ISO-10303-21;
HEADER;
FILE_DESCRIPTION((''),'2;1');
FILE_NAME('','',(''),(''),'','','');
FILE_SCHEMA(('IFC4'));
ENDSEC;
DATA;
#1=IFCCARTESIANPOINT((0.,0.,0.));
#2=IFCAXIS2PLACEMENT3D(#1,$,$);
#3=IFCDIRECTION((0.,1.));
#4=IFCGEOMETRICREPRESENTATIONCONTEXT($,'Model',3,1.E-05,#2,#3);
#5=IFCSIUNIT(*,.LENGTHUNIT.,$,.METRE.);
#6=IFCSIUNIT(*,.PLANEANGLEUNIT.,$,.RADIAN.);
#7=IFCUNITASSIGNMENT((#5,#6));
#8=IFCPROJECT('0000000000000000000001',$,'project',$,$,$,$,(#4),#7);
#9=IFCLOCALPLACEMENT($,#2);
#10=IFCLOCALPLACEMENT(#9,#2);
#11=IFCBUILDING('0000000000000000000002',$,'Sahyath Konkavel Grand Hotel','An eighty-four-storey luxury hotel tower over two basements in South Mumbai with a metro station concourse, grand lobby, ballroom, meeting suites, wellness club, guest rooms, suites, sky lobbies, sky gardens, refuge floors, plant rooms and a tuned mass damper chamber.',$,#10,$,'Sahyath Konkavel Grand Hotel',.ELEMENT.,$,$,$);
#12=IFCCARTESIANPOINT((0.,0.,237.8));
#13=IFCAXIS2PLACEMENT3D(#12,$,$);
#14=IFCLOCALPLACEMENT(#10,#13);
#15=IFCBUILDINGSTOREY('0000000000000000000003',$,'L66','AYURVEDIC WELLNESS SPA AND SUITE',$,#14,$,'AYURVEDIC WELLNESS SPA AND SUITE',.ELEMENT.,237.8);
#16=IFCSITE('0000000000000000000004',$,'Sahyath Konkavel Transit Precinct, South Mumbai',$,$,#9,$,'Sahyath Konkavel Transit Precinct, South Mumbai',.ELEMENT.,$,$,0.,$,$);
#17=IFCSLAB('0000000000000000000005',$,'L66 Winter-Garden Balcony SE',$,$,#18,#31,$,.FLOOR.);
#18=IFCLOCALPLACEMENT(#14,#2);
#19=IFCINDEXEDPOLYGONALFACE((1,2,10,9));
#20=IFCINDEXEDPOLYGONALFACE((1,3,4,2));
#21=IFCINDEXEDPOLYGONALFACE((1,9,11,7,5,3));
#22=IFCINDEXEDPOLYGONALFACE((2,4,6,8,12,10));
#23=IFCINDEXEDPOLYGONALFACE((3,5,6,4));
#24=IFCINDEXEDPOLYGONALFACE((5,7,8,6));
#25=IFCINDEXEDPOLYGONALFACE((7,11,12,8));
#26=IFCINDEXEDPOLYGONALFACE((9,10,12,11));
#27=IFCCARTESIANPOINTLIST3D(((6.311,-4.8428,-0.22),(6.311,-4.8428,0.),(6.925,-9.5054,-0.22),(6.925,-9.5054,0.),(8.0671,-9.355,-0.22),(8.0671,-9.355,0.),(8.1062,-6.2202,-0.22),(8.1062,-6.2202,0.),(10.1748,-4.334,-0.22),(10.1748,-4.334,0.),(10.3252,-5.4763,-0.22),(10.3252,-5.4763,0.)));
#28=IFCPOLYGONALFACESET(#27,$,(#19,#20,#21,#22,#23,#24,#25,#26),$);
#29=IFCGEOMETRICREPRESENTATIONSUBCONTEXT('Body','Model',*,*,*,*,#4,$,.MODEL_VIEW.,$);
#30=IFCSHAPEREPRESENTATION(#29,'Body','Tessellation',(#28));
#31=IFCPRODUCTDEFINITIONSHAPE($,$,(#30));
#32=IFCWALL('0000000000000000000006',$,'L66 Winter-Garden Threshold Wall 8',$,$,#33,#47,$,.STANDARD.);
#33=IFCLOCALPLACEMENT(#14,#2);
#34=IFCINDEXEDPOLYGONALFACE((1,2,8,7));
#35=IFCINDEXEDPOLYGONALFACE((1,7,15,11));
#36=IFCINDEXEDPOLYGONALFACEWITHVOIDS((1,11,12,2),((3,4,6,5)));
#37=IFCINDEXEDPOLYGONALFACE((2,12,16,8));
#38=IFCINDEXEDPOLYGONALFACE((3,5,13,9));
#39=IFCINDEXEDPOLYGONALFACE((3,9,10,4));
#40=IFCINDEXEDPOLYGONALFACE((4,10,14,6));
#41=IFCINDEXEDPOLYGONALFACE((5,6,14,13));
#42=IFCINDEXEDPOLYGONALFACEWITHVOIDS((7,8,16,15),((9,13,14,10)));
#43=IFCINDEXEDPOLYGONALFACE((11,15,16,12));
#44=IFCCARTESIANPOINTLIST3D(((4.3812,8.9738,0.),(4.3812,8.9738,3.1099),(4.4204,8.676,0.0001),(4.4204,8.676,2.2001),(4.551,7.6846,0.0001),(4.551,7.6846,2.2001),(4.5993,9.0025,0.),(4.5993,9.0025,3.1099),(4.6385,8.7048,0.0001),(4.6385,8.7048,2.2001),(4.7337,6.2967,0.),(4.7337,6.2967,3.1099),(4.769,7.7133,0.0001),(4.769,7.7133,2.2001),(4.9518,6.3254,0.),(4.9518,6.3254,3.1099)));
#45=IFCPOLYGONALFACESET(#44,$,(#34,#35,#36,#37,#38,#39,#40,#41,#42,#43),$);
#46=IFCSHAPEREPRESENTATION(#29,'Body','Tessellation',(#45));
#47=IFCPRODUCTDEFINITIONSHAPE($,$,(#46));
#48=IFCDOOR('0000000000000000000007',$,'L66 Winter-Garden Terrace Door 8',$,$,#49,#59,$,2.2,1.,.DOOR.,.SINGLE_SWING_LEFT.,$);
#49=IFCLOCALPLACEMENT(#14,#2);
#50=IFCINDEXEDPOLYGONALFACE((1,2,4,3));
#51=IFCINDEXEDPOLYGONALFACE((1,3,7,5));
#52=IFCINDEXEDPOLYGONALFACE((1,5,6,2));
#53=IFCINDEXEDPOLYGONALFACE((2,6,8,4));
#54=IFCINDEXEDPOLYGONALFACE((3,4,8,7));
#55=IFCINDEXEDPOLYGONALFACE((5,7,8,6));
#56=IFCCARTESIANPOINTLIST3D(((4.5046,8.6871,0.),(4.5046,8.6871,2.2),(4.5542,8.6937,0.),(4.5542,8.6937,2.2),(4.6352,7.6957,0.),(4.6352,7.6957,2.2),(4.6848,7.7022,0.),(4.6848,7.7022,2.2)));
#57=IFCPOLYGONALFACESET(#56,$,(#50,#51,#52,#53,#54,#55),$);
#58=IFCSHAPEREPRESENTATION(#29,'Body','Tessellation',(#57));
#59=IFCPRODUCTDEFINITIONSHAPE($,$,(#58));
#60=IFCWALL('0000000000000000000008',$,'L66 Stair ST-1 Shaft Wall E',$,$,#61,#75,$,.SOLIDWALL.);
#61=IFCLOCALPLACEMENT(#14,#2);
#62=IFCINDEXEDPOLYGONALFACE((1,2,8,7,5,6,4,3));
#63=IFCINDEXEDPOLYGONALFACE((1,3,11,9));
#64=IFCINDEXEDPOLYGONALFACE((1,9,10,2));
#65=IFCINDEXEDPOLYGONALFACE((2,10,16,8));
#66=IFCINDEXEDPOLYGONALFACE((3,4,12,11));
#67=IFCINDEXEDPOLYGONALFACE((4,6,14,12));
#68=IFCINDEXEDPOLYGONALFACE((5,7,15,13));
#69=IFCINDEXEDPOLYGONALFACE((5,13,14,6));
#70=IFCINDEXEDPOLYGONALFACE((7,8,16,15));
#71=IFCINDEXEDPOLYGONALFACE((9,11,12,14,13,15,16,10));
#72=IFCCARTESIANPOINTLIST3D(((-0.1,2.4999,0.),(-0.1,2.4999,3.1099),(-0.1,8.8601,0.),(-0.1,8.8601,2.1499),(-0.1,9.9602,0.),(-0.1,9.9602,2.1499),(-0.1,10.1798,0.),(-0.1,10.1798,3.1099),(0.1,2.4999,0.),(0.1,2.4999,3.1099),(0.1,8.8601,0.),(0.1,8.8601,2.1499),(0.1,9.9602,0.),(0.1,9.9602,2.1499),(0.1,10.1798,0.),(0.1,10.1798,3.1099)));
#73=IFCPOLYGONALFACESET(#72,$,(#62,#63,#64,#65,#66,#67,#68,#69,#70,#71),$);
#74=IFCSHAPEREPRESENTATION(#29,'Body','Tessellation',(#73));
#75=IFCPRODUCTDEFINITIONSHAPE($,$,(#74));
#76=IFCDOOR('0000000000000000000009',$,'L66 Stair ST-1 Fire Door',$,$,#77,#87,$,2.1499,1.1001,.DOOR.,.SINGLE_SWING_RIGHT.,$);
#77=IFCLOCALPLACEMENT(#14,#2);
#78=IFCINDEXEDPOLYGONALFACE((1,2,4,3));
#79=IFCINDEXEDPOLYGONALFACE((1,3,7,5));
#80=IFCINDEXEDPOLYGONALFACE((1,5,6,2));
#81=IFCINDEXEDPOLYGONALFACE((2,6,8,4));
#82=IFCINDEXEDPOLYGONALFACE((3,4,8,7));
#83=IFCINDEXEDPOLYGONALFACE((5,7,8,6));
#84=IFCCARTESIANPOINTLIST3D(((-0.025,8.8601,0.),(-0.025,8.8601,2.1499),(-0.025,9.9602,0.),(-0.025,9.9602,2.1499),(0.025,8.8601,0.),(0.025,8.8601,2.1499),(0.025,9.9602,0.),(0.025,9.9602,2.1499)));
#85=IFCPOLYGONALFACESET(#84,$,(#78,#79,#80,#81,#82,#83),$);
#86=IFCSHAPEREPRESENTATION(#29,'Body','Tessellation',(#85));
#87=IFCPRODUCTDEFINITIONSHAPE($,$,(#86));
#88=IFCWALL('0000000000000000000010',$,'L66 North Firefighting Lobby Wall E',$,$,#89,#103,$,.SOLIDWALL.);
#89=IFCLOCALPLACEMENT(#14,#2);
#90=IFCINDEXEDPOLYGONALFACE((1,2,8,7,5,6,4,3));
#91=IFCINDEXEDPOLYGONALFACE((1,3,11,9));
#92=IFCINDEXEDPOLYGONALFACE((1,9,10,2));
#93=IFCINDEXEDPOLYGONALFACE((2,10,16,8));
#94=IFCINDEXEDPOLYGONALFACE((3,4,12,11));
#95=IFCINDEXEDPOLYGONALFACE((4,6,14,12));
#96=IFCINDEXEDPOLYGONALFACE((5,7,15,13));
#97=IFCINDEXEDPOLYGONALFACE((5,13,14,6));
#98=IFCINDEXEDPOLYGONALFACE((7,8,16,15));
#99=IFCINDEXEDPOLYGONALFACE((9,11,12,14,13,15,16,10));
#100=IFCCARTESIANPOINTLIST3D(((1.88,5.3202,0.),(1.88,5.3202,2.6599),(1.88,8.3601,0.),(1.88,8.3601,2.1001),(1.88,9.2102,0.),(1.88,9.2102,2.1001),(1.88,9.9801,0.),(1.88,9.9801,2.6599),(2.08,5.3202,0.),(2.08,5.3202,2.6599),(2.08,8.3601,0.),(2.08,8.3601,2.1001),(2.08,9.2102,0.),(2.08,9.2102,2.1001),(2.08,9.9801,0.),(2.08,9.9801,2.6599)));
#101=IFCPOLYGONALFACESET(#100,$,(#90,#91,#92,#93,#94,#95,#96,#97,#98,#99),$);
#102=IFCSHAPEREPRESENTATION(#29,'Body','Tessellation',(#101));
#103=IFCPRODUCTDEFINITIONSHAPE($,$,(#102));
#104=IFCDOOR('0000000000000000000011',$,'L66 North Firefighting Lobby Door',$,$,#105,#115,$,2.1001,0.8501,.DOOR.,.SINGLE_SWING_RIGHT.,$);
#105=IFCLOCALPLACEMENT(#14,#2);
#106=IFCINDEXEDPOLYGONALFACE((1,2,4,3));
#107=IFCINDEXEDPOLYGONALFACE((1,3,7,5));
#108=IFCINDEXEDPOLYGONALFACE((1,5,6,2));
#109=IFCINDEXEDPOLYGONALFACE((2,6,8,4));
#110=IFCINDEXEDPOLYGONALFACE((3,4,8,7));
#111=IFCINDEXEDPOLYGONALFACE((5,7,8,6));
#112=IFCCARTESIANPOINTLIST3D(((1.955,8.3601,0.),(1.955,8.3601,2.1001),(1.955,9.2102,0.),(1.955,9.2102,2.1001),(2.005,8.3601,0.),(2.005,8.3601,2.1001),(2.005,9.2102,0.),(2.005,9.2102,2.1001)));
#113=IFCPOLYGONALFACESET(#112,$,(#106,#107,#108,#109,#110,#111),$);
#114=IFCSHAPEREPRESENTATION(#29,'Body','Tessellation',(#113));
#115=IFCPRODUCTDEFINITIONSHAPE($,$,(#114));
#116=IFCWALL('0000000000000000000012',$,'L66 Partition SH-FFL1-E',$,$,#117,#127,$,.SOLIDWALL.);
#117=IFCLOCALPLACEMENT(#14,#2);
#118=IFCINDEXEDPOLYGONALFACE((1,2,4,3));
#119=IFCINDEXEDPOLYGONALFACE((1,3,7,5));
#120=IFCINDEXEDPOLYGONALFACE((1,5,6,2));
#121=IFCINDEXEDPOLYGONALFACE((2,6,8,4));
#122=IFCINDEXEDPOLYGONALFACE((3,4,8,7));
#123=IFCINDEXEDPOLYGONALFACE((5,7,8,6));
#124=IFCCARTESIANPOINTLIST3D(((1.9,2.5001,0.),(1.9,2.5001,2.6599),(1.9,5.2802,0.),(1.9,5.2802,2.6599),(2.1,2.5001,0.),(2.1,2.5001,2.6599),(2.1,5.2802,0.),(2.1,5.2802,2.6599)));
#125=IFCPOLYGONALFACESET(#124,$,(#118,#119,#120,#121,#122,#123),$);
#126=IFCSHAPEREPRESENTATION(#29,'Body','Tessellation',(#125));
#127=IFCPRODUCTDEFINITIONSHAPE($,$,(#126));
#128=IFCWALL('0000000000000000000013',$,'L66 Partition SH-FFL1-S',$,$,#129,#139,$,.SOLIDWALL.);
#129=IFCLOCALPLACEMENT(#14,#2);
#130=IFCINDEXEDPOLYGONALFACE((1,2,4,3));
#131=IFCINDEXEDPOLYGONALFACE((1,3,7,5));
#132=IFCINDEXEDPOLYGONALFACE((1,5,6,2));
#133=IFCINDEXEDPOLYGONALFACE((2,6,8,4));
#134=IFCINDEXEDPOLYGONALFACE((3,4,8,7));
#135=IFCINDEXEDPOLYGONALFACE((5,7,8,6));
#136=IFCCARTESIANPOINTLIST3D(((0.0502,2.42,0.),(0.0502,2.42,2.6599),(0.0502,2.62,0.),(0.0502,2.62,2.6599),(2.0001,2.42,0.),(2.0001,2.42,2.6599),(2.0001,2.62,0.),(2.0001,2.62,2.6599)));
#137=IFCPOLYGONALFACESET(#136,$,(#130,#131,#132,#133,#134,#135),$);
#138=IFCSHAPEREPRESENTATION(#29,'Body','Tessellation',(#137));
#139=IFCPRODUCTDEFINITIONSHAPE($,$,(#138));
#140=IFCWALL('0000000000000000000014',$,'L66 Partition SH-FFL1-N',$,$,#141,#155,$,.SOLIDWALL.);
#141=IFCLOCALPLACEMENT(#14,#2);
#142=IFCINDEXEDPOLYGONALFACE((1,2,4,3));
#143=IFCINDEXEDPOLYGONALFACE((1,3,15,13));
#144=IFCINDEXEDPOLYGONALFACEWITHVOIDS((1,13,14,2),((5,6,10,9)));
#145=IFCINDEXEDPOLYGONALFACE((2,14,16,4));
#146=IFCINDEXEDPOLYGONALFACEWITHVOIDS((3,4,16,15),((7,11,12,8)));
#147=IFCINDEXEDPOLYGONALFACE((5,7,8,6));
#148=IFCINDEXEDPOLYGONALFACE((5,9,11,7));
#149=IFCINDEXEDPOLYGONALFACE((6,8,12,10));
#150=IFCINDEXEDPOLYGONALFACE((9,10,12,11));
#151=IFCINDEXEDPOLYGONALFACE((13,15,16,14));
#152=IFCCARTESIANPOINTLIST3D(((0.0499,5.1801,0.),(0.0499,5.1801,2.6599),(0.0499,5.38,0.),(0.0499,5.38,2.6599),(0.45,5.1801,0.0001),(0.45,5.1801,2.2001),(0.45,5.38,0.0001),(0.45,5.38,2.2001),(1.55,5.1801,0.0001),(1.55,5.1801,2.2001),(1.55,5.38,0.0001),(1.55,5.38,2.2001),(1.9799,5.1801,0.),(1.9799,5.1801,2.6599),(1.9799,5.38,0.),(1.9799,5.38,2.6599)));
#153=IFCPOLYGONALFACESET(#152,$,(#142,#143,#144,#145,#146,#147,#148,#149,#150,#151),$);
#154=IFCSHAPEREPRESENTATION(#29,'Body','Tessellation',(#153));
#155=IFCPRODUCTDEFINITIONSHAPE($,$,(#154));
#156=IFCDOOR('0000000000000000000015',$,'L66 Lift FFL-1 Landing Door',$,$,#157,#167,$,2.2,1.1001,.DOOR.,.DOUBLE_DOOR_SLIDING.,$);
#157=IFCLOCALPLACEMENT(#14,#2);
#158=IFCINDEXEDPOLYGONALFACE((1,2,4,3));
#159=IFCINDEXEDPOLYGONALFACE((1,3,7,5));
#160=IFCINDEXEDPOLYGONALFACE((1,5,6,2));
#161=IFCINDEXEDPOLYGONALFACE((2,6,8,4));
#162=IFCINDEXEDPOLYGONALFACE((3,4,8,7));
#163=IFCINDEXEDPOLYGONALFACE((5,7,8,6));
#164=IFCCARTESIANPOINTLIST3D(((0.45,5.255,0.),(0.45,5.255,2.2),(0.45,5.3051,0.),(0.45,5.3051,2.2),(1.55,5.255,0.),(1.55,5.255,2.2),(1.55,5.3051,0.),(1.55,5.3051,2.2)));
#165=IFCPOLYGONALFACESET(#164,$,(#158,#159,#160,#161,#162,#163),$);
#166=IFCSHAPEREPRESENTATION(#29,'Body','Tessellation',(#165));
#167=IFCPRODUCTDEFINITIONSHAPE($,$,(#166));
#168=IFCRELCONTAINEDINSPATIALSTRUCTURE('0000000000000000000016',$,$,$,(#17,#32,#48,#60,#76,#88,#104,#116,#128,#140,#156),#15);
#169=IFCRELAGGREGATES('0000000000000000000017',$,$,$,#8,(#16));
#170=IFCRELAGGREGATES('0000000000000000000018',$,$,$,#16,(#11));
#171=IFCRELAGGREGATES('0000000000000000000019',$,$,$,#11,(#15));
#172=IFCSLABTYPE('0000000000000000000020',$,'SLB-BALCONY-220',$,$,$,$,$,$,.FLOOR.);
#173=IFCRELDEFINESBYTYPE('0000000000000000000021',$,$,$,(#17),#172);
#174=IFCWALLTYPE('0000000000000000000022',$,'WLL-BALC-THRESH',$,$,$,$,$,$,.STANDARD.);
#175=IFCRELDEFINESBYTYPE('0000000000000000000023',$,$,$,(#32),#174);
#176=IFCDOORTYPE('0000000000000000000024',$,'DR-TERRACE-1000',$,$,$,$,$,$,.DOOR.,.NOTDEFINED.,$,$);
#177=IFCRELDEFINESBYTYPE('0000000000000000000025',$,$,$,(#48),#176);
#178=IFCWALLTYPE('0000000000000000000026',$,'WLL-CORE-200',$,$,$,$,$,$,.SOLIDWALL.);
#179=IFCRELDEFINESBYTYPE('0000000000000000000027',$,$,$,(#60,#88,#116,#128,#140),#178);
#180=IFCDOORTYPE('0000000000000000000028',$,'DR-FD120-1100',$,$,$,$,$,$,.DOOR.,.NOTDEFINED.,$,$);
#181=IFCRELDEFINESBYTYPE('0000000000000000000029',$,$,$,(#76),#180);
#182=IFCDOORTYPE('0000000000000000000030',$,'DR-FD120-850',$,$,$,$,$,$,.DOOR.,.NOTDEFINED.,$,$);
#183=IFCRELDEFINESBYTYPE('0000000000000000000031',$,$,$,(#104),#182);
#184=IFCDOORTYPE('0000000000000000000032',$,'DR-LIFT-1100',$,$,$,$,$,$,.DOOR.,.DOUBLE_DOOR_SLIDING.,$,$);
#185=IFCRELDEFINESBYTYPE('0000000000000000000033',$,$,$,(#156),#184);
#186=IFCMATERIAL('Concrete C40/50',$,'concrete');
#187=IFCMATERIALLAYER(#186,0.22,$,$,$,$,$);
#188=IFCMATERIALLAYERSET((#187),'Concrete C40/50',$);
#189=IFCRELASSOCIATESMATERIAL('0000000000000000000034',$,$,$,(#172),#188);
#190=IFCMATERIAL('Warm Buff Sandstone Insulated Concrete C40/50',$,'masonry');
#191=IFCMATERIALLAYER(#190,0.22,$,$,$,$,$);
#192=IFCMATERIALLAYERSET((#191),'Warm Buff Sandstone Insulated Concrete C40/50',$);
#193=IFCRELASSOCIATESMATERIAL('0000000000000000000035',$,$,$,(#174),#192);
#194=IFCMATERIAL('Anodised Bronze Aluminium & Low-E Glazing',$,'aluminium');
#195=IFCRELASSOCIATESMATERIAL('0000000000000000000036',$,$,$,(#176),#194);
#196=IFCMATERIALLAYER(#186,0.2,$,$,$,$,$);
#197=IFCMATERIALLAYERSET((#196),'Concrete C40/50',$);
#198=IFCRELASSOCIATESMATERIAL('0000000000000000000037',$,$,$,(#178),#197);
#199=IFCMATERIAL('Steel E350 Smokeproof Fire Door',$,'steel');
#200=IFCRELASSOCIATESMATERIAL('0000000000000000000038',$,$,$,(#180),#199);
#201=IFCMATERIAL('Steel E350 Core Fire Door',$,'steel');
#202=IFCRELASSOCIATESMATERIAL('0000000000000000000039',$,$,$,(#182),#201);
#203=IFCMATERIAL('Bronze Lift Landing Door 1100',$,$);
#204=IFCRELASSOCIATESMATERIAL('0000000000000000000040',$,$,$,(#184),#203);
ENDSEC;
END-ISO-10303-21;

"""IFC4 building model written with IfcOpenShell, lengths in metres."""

from ifc_helpers import new_model, si_unit, direction, frame, frame_2d, origin, origin_2d, place, context, subcontext, project, spatial, polyline, rectangle, outline, extrude, source, transform, mapped, material, layer, layer_set, type_object, element, fill, save


model = new_model("IFC4")

# Units and contexts
model_context = context("Model", 3, precision=1e-05, world=origin(), true_north=direction((0.0, 1.0)))
body_context = subcontext(model_context, "Body", "Model", "MODEL_VIEW")
ifc_project = project(units=[si_unit("LENGTHUNIT", "METRE"), si_unit("PLANEANGLEUNIT", "RADIAN")], contexts=[model_context])

# Site, building, storey
site_placement = place(None, origin())
site = spatial("IfcSite", under=ifc_project, at=site_placement, Name="Sahyath Konkavel Transit Precinct, South Mumbai", LongName="Sahyath Konkavel Transit Precinct, South Mumbai", CompositionType="ELEMENT", RefElevation=0.0)
building_placement = place(site_placement, origin())
building = spatial("IfcBuilding", under=site, at=building_placement, Name="Sahyath Konkavel Grand Hotel", Description="An eighty-four-storey luxury hotel tower over two basements in South Mumbai with a metro station concourse, grand lobby, ballroom, meeting suites, wellness club, guest rooms, suites, sky lobbies, sky gardens, refuge floors, plant rooms and a tuned mass damper chamber.", LongName="Sahyath Konkavel Grand Hotel", CompositionType="ELEMENT")
storey_placement = place(building_placement, frame((0.0, 0.0, 237.8)))
storey = spatial("IfcBuildingStorey", under=building, at=storey_placement, Name="L66", Description="AYURVEDIC WELLNESS SPA AND SUITE", LongName="AYURVEDIC WELLNESS SPA AND SUITE", CompositionType="ELEMENT", Elevation=237.8)

# Shared definitions
ifc_material_1 = material(Name="Anodised Bronze Aluminium & Low-E Glazing", Category="aluminium")

# Slab
ifc_material_2 = material(Name="Concrete C40/50", Category="concrete")
ifc_layer_1 = layer(ifc_material_2, 0.22)
ifc_layer_set_1 = layer_set([ifc_layer_1], Name="Concrete C40/50")
slab_type = type_object("IfcSlabType", Name="SLB-BALCONY-220", PredefinedType="FLOOR", material=ifc_layer_set_1)
slab_1_placement = place(storey_placement, frame((0.0, 0.0, -0.22)))
element("IfcSlab", 1, at=slab_1_placement, inside=storey, type_object=slab_type, Name="L66 Winter-Garden Balcony SE", PredefinedType="FLOOR", context=body_context, shape_type="SweptSolid", body=[
    extrude(outline(polyline([(6.311, -4.8428), (6.925, -9.5054), (8.0671, -9.355), (8.1062, -6.2202), (10.3252, -5.4763), (10.1748, -4.334), (6.311, -4.8428)])), origin(), (0.0, 0.0, 1.0), 0.22),
])

# Walls, openings, doors
ifc_material_3 = material(Name="Warm Buff Sandstone Insulated Concrete C40/50", Category="masonry")
ifc_layer_2 = layer(ifc_material_3, 0.22)
ifc_layer_set_2 = layer_set([ifc_layer_2], Name="Warm Buff Sandstone Insulated Concrete C40/50")
wall_type_1 = type_object("IfcWallType", Name="WLL-BALC-THRESH", PredefinedType="STANDARD", material=ifc_layer_set_2)
wall_1_placement = place(storey_placement, frame((4.8428, 6.311, 0.0), z_axis=(0.0, 0.0, 1.0), x_axis=(-0.130564, 0.99144, 0.0)))
wall_1 = element("IfcWall", 2, at=wall_1_placement, inside=storey, type_object=wall_type_1, Name="L66 Winter-Garden Threshold Wall 8", PredefinedType="STANDARD", context=body_context, shape_type="SweptSolid", body=[
    extrude(rectangle(XDim=2.7002, YDim=0.22, at=frame_2d((1.3501, 0.0))), origin(), (0.0, 0.0, 1.0), 3.1099),
])
opening_1_placement = place(wall_1_placement, frame((1.3999, 0.0, 0.0)))
opening_1 = element("IfcOpeningElement", 3, at=opening_1_placement, cuts=wall_1, PredefinedType="OPENING", context=body_context, shape_type="SweptSolid", body=[
    extrude(rectangle(XDim=1.0, YDim=2.2, at=frame_2d((0.5, 1.1001))), frame((0.0, 0.1201, 0.0), z_axis=(0.0, -1.0, 0.0), x_axis=(1.0, 0.0, 0.0)), (0.0, 0.0, 1.0), 0.24),
])
door_type_1 = type_object("IfcDoorType", Name="DR-TERRACE-1000", OperationType="NOTDEFINED", PredefinedType="DOOR", material=ifc_material_1)
shared_shape_1 = source(origin(), body_context, "Body", "SweptSolid", [
    extrude(rectangle(XDim=1.0, YDim=0.05, at=origin_2d()), origin(), (0.0, 0.0, 1.0), 2.2),
])
door_1_placement = place(opening_1_placement, frame((0.5, 0.0, 0.0)))
door_1 = element("IfcDoor", 4, at=door_1_placement, inside=storey, type_object=door_type_1, Name="L66 Winter-Garden Terrace Door 8", OperationType="SINGLE_SWING_LEFT", OverallHeight=2.2, OverallWidth=1.0, PredefinedType="DOOR", context=body_context, shape_type="MappedRepresentation", body=[
    mapped(shared_shape_1, transform((0.0, 0.0, 0.0), scale=1.0)),
])
fill(opening_1, door_1)
ifc_layer_3 = layer(ifc_material_2, 0.2)
ifc_layer_set_3 = layer_set([ifc_layer_3], Name="Concrete C40/50")
wall_type_2 = type_object("IfcWallType", Name="WLL-CORE-200", PredefinedType="SOLIDWALL", material=ifc_layer_set_3)
wall_2_placement = place(storey_placement, frame((0.0, 2.5, 0.0), z_axis=(0.0, 0.0, 1.0), x_axis=(0.0, 1.0, 0.0)))
wall_2 = element("IfcWall", 5, at=wall_2_placement, inside=storey, type_object=wall_type_2, Name="L66 Stair ST-1 Shaft Wall E", PredefinedType="SOLIDWALL", context=body_context, shape_type="SweptSolid", body=[
    extrude(rectangle(XDim=7.6799, YDim=0.2, at=frame_2d((3.8398, 0.0))), origin(), (0.0, 0.0, 1.0), 3.1099),
])
opening_2_placement = place(wall_2_placement, frame((6.3601, 0.0, 0.0)))
opening_2 = element("IfcOpeningElement", 6, at=opening_2_placement, cuts=wall_2, PredefinedType="OPENING", context=body_context, shape_type="SweptSolid", body=[
    extrude(rectangle(XDim=1.1001, YDim=2.1499, at=frame_2d((0.55, 1.075))), frame((0.0, 0.1099, 0.0), z_axis=(0.0, -1.0, 0.0), x_axis=(1.0, 0.0, 0.0)), (0.0, 0.0, 1.0), 0.22),
])
ifc_material_4 = material(Name="Steel E350 Smokeproof Fire Door", Category="steel")
door_type_2 = type_object("IfcDoorType", Name="DR-FD120-1100", OperationType="NOTDEFINED", PredefinedType="DOOR", material=ifc_material_4)
shared_shape_2 = source(origin(), body_context, "Body", "SweptSolid", [
    extrude(rectangle(XDim=1.1001, YDim=0.05, at=origin_2d()), origin(), (0.0, 0.0, 1.0), 2.1499),
])
door_2_placement = place(opening_2_placement, frame((0.55, 0.0, 0.0)))
door_2 = element("IfcDoor", 7, at=door_2_placement, inside=storey, type_object=door_type_2, Name="L66 Stair ST-1 Fire Door", OperationType="SINGLE_SWING_RIGHT", OverallHeight=2.1499, OverallWidth=1.1001, PredefinedType="DOOR", context=body_context, shape_type="MappedRepresentation", body=[
    mapped(shared_shape_2, transform((0.0, 0.0, 0.0), scale=1.0)),
])
fill(opening_2, door_2)
wall_3_placement = place(storey_placement, frame((1.98, 5.3201, 0.0), z_axis=(0.0, 0.0, 1.0), x_axis=(0.0, 1.0, 0.0)))
wall_3 = element("IfcWall", 8, at=wall_3_placement, inside=storey, type_object=wall_type_2, Name="L66 North Firefighting Lobby Wall E", PredefinedType="SOLIDWALL", context=body_context, shape_type="SweptSolid", body=[
    extrude(rectangle(XDim=4.6599, YDim=0.2, at=frame_2d((2.3301, 0.0))), origin(), (0.0, 0.0, 1.0), 2.6599),
])
opening_3_placement = place(wall_3_placement, frame((3.04, 0.0, 0.0)))
opening_3 = element("IfcOpeningElement", 9, at=opening_3_placement, cuts=wall_3, PredefinedType="OPENING", context=body_context, shape_type="SweptSolid", body=[
    extrude(rectangle(XDim=0.8501, YDim=2.1001, at=frame_2d((0.425, 1.05))), frame((0.0, 0.1099, 0.0), z_axis=(0.0, -1.0, 0.0), x_axis=(1.0, 0.0, 0.0)), (0.0, 0.0, 1.0), 0.22),
])
ifc_material_5 = material(Name="Steel E350 Core Fire Door", Category="steel")
door_type_3 = type_object("IfcDoorType", Name="DR-FD120-850", OperationType="NOTDEFINED", PredefinedType="DOOR", material=ifc_material_5)
shared_shape_3 = source(origin(), body_context, "Body", "SweptSolid", [
    extrude(rectangle(XDim=0.8501, YDim=0.05, at=origin_2d()), origin(), (0.0, 0.0, 1.0), 2.1001),
])
door_3_placement = place(opening_3_placement, frame((0.425, 0.0, 0.0)))
door_3 = element("IfcDoor", 10, at=door_3_placement, inside=storey, type_object=door_type_3, Name="L66 North Firefighting Lobby Door", OperationType="SINGLE_SWING_RIGHT", OverallHeight=2.1001, OverallWidth=0.8501, PredefinedType="DOOR", context=body_context, shape_type="MappedRepresentation", body=[
    mapped(shared_shape_3, transform((0.0, 0.0, 0.0), scale=1.0)),
])
fill(opening_3, door_3)

# Walls
wall_4_placement = place(storey_placement, frame((2.0, 2.5, 0.0), z_axis=(0.0, 0.0, 1.0), x_axis=(0.0, 1.0, 0.0)))
element("IfcWall", 11, at=wall_4_placement, inside=storey, type_object=wall_type_2, Name="L66 Partition SH-FFL1-E", PredefinedType="SOLIDWALL", context=body_context, shape_type="SweptSolid", body=[
    extrude(rectangle(XDim=2.78, YDim=0.2, at=frame_2d((1.3901, 0.0))), origin(), (0.0, 0.0, 1.0), 2.6599),
])
wall_5_placement = place(storey_placement, frame((0.05, 2.52, 0.0), z_axis=(0.0, 0.0, 1.0), x_axis=(1.0, 0.0, 0.0)))
element("IfcWall", 12, at=wall_5_placement, inside=storey, type_object=wall_type_2, Name="L66 Partition SH-FFL1-S", PredefinedType="SOLIDWALL", context=body_context, shape_type="SweptSolid", body=[
    extrude(rectangle(XDim=1.95, YDim=0.2, at=frame_2d((0.9751, 0.0))), origin(), (0.0, 0.0, 1.0), 2.6599),
])

# Wall, opening, door
wall_6_placement = place(storey_placement, frame((0.05, 5.28, 0.0), z_axis=(0.0, 0.0, 1.0), x_axis=(1.0, 0.0, 0.0)))
wall_6 = element("IfcWall", 13, at=wall_6_placement, inside=storey, type_object=wall_type_2, Name="L66 Partition SH-FFL1-N", PredefinedType="SOLIDWALL", context=body_context, shape_type="SweptSolid", body=[
    extrude(rectangle(XDim=1.9299, YDim=0.2, at=frame_2d((0.9648, 0.0))), origin(), (0.0, 0.0, 1.0), 2.6599),
])
opening_4_placement = place(wall_6_placement, frame((0.3999, 0.0, 0.0)))
opening_4 = element("IfcOpeningElement", 14, at=opening_4_placement, cuts=wall_6, PredefinedType="OPENING", context=body_context, shape_type="SweptSolid", body=[
    extrude(rectangle(XDim=1.1001, YDim=2.2, at=frame_2d((0.55, 1.1001))), frame((0.0, 0.1099, 0.0), z_axis=(0.0, -1.0, 0.0), x_axis=(1.0, 0.0, 0.0)), (0.0, 0.0, 1.0), 0.22),
])
ifc_material_6 = material(Name="Bronze Lift Landing Door 1100")
door_type_4 = type_object("IfcDoorType", Name="DR-LIFT-1100", OperationType="DOUBLE_DOOR_SLIDING", PredefinedType="DOOR", material=ifc_material_6)
shared_shape_4 = source(origin(), body_context, "Body", "SweptSolid", [
    extrude(rectangle(XDim=1.1001, YDim=0.05, at=origin_2d()), origin(), (0.0, 0.0, 1.0), 2.2),
])
door_4_placement = place(opening_4_placement, frame((0.55, 0.0, 0.0)))
door_4 = element("IfcDoor", 15, at=door_4_placement, inside=storey, type_object=door_type_4, Name="L66 Lift FFL-1 Landing Door", OperationType="DOUBLE_DOOR_SLIDING", OverallHeight=2.2, OverallWidth=1.1001, PredefinedType="DOOR", context=body_context, shape_type="MappedRepresentation", body=[
    mapped(shared_shape_4, transform((0.0, 0.0, 0.0), scale=1.0)),
])
fill(opening_4, door_4)

save(model, "model.ifc")
